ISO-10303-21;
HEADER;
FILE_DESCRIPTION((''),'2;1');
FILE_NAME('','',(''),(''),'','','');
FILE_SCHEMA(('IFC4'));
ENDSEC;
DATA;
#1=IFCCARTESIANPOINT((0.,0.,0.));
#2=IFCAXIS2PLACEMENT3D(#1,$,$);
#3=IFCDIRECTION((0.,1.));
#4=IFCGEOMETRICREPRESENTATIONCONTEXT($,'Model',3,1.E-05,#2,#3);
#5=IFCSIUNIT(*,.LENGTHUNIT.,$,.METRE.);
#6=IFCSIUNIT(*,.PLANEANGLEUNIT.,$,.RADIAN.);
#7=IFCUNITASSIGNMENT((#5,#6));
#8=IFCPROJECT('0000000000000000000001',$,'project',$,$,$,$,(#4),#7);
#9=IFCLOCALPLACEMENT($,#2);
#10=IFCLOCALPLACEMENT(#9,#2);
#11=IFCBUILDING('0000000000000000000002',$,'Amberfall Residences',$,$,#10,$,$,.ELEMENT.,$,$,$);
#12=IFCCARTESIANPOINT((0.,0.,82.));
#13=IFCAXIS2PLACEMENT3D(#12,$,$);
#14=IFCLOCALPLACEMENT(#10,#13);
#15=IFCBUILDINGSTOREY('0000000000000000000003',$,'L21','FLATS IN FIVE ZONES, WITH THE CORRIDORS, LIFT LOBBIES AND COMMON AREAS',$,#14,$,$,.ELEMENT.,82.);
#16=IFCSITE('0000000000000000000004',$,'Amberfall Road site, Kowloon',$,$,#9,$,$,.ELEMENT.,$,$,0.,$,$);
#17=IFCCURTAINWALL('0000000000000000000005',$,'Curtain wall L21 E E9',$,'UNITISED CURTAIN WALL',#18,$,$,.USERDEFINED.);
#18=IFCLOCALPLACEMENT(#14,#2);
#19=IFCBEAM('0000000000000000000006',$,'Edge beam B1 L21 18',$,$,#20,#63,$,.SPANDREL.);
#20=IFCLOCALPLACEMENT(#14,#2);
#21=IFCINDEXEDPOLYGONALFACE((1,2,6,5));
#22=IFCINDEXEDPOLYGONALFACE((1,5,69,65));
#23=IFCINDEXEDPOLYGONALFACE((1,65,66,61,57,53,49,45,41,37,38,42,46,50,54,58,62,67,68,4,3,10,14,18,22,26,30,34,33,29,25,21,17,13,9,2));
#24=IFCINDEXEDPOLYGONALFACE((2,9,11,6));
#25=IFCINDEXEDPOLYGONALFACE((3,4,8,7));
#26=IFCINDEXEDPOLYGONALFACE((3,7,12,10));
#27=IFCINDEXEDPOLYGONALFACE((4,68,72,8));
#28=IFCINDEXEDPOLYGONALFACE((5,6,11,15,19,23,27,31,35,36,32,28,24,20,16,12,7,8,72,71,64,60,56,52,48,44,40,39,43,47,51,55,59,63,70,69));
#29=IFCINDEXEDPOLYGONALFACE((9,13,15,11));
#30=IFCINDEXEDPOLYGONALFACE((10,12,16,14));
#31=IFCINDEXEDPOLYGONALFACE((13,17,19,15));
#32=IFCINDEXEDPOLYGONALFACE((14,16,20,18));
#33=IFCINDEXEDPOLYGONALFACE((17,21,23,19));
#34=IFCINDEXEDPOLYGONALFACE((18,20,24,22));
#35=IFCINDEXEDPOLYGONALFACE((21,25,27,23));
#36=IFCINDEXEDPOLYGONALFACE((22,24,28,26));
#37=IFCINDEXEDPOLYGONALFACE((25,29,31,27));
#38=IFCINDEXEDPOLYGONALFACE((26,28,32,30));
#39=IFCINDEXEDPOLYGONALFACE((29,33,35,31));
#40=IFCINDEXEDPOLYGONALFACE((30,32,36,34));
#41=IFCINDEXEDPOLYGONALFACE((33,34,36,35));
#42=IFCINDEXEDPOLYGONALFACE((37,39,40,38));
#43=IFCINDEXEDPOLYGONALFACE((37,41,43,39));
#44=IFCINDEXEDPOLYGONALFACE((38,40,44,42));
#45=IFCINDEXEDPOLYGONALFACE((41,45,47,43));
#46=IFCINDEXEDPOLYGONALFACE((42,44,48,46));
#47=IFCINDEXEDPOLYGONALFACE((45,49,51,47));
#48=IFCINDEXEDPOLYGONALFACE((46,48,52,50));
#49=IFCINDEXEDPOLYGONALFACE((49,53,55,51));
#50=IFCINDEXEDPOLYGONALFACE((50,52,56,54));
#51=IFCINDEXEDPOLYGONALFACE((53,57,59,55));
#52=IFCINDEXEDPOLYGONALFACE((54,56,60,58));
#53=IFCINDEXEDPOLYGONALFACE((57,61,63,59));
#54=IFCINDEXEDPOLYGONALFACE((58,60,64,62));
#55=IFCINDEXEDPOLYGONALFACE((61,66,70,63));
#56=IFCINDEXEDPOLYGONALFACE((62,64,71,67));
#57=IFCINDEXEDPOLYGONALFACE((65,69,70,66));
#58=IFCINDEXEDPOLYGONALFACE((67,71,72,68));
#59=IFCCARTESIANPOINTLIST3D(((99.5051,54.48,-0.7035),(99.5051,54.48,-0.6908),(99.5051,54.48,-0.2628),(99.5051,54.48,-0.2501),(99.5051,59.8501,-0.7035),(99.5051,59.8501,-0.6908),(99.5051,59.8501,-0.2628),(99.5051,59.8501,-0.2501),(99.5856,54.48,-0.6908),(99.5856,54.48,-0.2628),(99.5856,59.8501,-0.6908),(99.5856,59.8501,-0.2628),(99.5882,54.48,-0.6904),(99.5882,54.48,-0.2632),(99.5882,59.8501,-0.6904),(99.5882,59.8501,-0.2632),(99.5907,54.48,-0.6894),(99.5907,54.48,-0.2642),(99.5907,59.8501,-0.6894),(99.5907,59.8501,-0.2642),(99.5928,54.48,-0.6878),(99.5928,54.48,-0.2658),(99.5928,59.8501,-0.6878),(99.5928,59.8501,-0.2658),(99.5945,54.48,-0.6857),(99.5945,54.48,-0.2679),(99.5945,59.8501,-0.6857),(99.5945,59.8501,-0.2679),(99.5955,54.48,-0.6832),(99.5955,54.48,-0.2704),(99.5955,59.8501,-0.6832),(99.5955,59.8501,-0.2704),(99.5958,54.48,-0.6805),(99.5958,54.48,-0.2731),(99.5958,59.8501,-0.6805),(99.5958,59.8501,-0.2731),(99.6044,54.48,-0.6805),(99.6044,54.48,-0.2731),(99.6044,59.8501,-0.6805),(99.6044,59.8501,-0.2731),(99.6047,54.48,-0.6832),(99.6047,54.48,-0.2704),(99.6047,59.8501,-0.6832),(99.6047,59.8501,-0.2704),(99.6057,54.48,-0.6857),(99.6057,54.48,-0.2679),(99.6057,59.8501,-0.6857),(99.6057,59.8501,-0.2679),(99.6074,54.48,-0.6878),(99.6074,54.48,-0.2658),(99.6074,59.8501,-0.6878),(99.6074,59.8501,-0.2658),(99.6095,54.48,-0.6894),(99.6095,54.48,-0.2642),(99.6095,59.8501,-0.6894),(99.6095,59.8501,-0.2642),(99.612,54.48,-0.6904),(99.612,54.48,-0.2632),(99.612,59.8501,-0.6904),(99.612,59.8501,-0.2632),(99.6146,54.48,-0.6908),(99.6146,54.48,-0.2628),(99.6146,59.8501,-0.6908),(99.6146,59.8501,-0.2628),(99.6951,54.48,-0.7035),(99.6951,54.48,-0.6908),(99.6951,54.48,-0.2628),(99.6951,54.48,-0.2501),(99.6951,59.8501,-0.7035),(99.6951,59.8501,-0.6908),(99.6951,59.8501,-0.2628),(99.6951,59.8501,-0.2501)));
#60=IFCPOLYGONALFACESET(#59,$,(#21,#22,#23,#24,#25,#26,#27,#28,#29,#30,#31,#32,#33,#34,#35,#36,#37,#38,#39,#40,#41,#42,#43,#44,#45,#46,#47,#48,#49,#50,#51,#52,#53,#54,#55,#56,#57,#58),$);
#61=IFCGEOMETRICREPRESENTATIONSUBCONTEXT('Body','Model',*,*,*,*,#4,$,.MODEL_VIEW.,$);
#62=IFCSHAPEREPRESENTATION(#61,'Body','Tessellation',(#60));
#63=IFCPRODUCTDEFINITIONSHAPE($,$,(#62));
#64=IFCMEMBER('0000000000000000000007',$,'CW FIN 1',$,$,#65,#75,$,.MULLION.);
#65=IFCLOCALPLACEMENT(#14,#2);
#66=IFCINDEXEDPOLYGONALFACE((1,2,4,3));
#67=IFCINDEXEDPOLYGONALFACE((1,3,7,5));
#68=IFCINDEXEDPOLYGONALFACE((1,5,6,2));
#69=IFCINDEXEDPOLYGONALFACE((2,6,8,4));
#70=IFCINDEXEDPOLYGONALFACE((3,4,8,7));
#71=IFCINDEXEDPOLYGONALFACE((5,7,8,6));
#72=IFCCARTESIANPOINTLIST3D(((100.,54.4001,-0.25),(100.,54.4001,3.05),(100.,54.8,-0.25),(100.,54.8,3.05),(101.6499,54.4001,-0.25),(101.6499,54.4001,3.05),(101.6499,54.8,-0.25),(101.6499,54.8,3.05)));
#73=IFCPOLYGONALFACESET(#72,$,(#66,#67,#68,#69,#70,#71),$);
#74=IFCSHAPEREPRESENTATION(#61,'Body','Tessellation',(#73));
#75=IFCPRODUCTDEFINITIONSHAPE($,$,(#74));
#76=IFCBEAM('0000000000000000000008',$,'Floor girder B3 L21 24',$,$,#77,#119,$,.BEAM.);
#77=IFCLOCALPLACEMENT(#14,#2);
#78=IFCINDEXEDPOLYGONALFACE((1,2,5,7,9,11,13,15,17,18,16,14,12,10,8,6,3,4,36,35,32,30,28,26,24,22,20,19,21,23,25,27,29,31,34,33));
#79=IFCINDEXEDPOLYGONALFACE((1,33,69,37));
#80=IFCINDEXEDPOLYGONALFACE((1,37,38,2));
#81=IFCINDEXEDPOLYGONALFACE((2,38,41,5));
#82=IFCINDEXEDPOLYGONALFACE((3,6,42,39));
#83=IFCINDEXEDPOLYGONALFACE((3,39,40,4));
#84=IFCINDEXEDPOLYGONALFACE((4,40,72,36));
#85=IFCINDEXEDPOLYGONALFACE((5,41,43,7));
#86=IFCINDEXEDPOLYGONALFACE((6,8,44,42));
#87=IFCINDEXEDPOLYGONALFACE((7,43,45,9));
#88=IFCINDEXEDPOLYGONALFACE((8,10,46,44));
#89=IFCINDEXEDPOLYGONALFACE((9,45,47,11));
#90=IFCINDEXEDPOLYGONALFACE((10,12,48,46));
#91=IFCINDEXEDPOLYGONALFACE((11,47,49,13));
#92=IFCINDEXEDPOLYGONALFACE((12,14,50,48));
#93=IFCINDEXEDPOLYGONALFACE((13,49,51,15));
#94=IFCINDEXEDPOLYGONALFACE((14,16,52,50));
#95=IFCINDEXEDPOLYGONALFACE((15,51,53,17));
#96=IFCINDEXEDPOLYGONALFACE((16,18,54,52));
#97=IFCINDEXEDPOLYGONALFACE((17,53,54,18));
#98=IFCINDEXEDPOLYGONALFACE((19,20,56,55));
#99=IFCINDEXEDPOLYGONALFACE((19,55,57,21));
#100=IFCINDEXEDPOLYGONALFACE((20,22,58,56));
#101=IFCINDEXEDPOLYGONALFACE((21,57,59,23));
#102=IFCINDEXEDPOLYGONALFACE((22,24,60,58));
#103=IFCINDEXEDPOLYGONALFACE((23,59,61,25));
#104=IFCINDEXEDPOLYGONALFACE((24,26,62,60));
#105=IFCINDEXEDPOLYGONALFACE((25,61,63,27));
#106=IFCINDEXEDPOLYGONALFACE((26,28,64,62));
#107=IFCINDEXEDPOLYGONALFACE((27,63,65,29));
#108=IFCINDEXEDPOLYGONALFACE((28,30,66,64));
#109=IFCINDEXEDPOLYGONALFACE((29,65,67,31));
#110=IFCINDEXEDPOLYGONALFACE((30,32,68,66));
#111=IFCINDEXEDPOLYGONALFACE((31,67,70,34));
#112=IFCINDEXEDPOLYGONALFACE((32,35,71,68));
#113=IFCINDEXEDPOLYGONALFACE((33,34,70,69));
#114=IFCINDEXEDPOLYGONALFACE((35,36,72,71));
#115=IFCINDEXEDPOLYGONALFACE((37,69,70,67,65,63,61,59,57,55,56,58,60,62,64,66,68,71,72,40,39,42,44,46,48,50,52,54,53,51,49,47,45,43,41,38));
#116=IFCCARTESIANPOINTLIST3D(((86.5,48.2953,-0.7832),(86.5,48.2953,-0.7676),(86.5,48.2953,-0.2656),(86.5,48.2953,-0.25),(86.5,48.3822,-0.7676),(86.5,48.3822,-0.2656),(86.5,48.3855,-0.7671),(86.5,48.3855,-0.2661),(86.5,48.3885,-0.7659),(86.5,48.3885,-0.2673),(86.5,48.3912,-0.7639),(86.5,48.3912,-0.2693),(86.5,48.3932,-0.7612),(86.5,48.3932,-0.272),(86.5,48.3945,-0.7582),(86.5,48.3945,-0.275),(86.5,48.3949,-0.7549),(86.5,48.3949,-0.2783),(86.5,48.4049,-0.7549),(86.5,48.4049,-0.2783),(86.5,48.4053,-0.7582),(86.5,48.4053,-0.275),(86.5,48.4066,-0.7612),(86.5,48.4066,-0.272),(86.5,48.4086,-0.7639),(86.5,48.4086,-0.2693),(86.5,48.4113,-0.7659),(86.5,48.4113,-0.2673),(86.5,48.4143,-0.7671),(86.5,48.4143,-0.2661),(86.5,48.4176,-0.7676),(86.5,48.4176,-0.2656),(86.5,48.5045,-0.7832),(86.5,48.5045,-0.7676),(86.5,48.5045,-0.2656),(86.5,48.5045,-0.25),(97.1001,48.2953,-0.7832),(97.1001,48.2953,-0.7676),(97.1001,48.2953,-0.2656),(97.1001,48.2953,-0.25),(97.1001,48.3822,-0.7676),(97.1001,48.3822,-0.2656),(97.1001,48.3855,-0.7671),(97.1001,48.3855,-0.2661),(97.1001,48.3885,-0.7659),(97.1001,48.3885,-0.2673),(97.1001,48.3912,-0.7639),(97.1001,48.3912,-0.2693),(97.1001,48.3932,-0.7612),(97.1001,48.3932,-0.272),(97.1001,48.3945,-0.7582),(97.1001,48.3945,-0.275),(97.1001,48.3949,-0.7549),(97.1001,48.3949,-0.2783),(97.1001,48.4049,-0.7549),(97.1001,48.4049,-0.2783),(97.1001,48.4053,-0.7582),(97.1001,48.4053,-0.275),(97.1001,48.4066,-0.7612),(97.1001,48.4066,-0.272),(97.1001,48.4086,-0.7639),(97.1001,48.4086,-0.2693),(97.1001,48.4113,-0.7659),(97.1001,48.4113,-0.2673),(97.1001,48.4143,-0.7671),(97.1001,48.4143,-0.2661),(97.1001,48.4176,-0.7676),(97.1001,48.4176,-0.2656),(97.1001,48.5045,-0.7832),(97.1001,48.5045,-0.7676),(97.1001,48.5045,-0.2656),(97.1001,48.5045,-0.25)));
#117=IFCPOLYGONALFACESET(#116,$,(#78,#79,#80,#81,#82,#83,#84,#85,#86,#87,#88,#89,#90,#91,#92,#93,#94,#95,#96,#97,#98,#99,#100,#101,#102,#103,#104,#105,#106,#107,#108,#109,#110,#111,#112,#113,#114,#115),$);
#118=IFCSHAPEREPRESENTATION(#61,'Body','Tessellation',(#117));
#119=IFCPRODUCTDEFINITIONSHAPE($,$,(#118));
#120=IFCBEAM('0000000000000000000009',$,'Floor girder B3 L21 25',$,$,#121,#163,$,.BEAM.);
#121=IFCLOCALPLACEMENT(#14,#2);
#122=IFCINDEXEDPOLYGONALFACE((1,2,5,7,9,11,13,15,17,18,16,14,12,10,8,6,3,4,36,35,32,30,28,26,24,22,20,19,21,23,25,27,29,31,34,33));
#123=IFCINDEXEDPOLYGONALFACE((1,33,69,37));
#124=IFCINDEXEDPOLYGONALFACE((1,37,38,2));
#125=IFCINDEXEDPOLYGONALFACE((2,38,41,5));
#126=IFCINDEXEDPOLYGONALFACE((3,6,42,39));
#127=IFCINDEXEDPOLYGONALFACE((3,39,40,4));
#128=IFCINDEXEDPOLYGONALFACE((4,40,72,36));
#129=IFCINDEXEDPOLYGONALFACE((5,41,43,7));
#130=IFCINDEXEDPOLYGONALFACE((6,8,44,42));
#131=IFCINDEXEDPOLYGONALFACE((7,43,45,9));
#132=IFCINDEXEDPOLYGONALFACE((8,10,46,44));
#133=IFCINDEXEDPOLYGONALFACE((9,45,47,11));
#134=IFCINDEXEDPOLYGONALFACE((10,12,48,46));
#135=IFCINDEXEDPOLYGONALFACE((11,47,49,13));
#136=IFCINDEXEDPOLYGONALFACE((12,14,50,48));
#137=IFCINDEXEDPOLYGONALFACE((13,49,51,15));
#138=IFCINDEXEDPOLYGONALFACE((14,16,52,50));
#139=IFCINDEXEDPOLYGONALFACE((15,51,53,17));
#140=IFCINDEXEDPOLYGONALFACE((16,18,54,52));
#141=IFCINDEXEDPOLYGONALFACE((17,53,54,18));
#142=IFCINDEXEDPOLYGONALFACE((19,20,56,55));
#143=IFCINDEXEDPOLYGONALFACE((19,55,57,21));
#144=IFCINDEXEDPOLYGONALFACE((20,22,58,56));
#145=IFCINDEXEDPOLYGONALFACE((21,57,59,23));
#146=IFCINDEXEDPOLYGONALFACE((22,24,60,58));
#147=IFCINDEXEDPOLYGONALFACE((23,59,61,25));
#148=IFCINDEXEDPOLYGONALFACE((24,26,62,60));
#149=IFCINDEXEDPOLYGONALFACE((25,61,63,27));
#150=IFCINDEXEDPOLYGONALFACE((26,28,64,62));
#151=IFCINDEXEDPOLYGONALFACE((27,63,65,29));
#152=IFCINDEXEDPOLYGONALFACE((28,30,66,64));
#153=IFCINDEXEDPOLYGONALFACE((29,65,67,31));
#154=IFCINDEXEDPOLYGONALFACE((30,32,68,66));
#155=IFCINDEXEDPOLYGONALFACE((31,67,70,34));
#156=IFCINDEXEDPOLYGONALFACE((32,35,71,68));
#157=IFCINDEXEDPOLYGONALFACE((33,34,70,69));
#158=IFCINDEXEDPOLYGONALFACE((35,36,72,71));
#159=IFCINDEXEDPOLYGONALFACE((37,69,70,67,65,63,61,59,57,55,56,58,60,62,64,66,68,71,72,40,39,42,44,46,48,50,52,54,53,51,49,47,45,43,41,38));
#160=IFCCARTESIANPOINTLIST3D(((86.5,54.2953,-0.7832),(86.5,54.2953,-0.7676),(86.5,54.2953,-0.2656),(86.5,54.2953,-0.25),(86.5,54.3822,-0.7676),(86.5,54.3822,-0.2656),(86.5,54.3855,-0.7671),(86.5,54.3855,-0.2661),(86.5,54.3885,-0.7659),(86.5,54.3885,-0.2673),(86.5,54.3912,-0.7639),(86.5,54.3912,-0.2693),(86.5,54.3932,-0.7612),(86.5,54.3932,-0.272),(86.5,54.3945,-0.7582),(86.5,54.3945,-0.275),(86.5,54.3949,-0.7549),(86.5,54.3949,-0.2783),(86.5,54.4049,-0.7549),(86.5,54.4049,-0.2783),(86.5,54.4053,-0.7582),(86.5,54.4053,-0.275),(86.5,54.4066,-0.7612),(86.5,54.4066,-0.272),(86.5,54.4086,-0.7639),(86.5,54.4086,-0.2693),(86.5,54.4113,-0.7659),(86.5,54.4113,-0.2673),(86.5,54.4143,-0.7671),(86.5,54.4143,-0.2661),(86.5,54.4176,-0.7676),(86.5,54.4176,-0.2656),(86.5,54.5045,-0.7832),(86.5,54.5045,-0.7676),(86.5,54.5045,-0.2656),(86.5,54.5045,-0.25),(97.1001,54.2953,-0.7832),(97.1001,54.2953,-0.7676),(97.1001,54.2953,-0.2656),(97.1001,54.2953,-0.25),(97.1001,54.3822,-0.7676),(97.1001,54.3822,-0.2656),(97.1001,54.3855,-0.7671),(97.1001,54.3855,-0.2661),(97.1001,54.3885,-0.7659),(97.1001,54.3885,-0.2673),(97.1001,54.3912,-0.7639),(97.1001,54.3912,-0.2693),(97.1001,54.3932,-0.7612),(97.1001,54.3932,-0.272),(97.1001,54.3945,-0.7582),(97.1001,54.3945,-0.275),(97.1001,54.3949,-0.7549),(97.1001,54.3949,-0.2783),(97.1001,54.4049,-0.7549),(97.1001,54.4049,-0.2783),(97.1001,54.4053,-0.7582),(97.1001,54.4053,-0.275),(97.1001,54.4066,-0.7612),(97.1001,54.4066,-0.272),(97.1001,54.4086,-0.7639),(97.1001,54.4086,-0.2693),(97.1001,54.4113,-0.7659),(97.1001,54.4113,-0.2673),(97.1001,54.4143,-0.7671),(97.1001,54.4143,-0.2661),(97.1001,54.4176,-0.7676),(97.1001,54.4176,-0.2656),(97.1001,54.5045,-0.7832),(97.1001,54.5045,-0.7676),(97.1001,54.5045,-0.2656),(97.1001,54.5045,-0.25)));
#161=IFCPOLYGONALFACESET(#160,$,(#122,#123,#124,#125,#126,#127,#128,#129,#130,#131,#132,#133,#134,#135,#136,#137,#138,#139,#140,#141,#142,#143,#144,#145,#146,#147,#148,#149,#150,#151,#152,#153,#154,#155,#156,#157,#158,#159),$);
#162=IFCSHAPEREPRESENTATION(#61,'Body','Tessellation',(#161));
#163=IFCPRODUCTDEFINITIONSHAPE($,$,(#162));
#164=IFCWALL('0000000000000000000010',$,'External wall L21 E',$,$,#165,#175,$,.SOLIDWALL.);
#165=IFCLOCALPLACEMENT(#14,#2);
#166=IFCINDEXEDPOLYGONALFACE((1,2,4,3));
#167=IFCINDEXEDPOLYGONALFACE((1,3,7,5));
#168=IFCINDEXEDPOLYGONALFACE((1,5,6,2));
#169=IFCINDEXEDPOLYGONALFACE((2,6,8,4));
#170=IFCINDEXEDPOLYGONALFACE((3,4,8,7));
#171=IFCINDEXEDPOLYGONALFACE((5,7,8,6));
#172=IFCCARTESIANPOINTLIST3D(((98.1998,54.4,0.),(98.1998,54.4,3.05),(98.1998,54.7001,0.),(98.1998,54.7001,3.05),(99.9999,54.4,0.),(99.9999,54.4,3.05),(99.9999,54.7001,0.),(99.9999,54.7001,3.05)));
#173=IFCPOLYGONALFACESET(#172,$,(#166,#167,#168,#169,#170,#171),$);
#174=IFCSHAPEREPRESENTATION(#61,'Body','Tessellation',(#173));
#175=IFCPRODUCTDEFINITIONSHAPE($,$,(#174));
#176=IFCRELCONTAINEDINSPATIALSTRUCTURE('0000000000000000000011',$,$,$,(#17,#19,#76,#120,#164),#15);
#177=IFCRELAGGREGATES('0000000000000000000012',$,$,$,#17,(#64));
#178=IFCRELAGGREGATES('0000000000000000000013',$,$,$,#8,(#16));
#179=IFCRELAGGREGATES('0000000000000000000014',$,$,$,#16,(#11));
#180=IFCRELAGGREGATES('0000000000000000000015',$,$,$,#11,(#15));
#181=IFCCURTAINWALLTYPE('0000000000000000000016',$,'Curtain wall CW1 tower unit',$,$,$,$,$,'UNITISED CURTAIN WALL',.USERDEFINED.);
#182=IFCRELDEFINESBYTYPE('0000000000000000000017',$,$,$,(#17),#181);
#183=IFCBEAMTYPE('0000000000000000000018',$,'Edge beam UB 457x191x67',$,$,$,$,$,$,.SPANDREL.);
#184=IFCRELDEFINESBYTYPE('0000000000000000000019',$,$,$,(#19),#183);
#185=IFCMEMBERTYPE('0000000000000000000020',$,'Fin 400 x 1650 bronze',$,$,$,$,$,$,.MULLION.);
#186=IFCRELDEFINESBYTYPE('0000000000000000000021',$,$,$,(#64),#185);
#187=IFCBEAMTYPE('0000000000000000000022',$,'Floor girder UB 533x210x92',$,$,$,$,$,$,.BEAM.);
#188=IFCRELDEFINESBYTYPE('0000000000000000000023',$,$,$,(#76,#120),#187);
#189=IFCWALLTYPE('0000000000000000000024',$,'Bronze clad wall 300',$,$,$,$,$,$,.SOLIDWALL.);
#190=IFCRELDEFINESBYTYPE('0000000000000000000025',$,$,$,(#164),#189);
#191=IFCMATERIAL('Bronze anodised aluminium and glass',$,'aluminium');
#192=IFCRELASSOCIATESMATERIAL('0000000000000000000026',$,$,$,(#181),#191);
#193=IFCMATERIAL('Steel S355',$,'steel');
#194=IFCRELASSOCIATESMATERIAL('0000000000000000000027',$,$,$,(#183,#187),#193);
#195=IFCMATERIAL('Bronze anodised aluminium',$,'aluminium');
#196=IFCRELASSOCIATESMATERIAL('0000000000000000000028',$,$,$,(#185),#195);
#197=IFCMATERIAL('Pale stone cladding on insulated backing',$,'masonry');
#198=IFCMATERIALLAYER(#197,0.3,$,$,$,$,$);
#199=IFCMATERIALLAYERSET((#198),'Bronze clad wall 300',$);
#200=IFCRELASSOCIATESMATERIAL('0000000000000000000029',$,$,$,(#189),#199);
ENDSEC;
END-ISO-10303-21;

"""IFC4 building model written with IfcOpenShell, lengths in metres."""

from ifc_helpers import new_model, si_unit, direction, frame, frame_2d, origin, origin_2d, place, context, subcontext, project, spatial, rectangle, i_section, extrude, material, layer, layer_set, material_profile, profile_set, type_object, element, aggregate, save


model = new_model("IFC4")

# Units and contexts
model_context = context("Model", 3, precision=1e-05, world=origin(), true_north=direction((0.0, 1.0)))
body_context = subcontext(model_context, "Body", "Model", "MODEL_VIEW")
ifc_project = project(units=[si_unit("LENGTHUNIT", "METRE"), si_unit("PLANEANGLEUNIT", "RADIAN")], contexts=[model_context])

# Site, building, storey
site_placement = place(None, origin())
site = spatial("IfcSite", under=ifc_project, at=site_placement, Name="Amberfall Road site, Kowloon", CompositionType="ELEMENT", RefElevation=0.0)
building_placement = place(site_placement, origin())
building = spatial("IfcBuilding", under=site, at=building_placement, Name="Amberfall Residences", CompositionType="ELEMENT")
storey_placement = place(building_placement, frame((0.0, 0.0, 82.0)))
storey = spatial("IfcBuildingStorey", under=building, at=storey_placement, Name="L21", Description="FLATS IN FIVE ZONES, WITH THE CORRIDORS, LIFT LOBBIES AND COMMON AREAS", CompositionType="ELEMENT", Elevation=82.0)

# Curtain wall
ifc_material_1 = material(Name="Bronze anodised aluminium and glass", Category="aluminium")
curtain_wall_type = type_object("IfcCurtainWallType", Name="Curtain wall CW1 tower unit", ElementType="UNITISED CURTAIN WALL", PredefinedType="USERDEFINED", material=ifc_material_1)
curtain_wall_placement = place(storey_placement, origin())
curtain_wall = element("IfcCurtainWall", 1, at=curtain_wall_placement, inside=storey, type_object=curtain_wall_type, Name="Curtain wall L21 E E9", ObjectType="UNITISED CURTAIN WALL", PredefinedType="USERDEFINED")
ifc_material_2 = material(Name="Bronze anodised aluminium", Category="aluminium")

# Beam
ifc_material_3 = material(Name="Steel S355", Category="steel")
ifc_material_profile_1 = material_profile(ifc_material_3, i_section(OverallWidth=0.1899, OverallDepth=0.4534, WebThickness=0.0085, FlangeThickness=0.0127, FilletRadius=0.0103, at=origin_2d()), Name="UB 457x191x67")
ifc_profile_set_1 = profile_set([ifc_material_profile_1], Name="Steel S355")
beam_type_1 = type_object("IfcBeamType", Name="Edge beam UB 457x191x67", PredefinedType="SPANDREL", material=ifc_profile_set_1)
beam_1_placement = place(storey_placement, frame((99.6001, 54.48, -0.4768), z_axis=(0.0, 1.0, 0.0), x_axis=(-1.0, 0.0, 0.0)))
element("IfcBeam", 2, at=beam_1_placement, inside=storey, type_object=beam_type_1, Name="Edge beam B1 L21 18", PredefinedType="SPANDREL", context=body_context, shape_type="SweptSolid", body=[
    extrude(i_section(OverallWidth=0.1899, OverallDepth=0.4534, WebThickness=0.0085, FlangeThickness=0.0127, FilletRadius=0.0103, at=origin_2d()), origin(), (0.0, 0.0, 1.0), 5.3701),
])

# Member
ifc_material_profile_2 = material_profile(ifc_material_2, rectangle(XDim=1.6499, YDim=0.3999, at=origin_2d()), Name="Fin 400 x 1650 bronze")
ifc_profile_set_2 = profile_set([ifc_material_profile_2], Name="Bronze anodised aluminium")
member_type_1 = type_object("IfcMemberType", Name="Fin 400 x 1650 bronze", PredefinedType="MULLION", material=ifc_profile_set_2)
member_1_placement = place(storey_placement, frame((100.825, 54.6001, -0.25), z_axis=(0.0, 0.0, 1.0), x_axis=(-1.0, 0.0, 0.0)))
member_1 = element("IfcMember", 3, at=member_1_placement, type_object=member_type_1, Name="CW FIN 1", PredefinedType="MULLION", context=body_context, shape_type="SweptSolid", body=[
    extrude(rectangle(XDim=1.6499, YDim=0.3999, at=origin_2d()), origin(), (0.0, 0.0, 1.0), 3.3),
])
aggregate(curtain_wall, [member_1])

# Beams
ifc_material_profile_3 = material_profile(ifc_material_3, i_section(OverallWidth=0.2092, OverallDepth=0.5332, WebThickness=0.01, FlangeThickness=0.0156, FilletRadius=0.0127, at=origin_2d()), Name="UB 533x210x92")
ifc_profile_set_3 = profile_set([ifc_material_profile_3], Name="Steel S355")
beam_type_2 = type_object("IfcBeamType", Name="Floor girder UB 533x210x92", PredefinedType="BEAM", material=ifc_profile_set_3)
for number, where, z_axis, x_axis, name in (
    (4, (97.1001, 48.3999, -0.5166), (-1.0, 0.0, 0.0), (0.0, -1.0, 0.0), "Floor girder B3 L21 24"),
    (5, (97.1001, 54.3999, -0.5166), (-1.0, 0.0, 0.0), (0.0, -1.0, 0.0), "Floor girder B3 L21 25"),
):
    element("IfcBeam", number, at=place(storey_placement, frame(where, z_axis=z_axis, x_axis=x_axis)), inside=storey, type_object=beam_type_2, Name=name, PredefinedType="BEAM", context=body_context, shape_type="SweptSolid", body=[
        extrude(i_section(OverallWidth=0.2092, OverallDepth=0.5332, WebThickness=0.01, FlangeThickness=0.0156, FilletRadius=0.0127, at=origin_2d()), origin(), (0.0, 0.0, 1.0), 10.6001),
    ])

# Wall
ifc_material_4 = material(Name="Pale stone cladding on insulated backing", Category="masonry")
ifc_layer_1 = layer(ifc_material_4, 0.3)
ifc_layer_set_1 = layer_set([ifc_layer_1], Name="Bronze clad wall 300")
wall_type_1 = type_object("IfcWallType", Name="Bronze clad wall 300", PredefinedType="SOLIDWALL", material=ifc_layer_set_1)
wall_1_placement = place(storey_placement, frame((98.2, 54.55, 0.0), z_axis=(0.0, 0.0, 1.0), x_axis=(1.0, 0.0, 0.0)))
element("IfcWall", 6, at=wall_1_placement, inside=storey, type_object=wall_type_1, Name="External wall L21 E", PredefinedType="SOLIDWALL", context=body_context, shape_type="SweptSolid", body=[
    extrude(rectangle(XDim=1.8, YDim=0.3, at=frame_2d((0.8999, 0.0))), origin(), (0.0, 0.0, 1.0), 3.05),
])

save(model, "model.ifc")
